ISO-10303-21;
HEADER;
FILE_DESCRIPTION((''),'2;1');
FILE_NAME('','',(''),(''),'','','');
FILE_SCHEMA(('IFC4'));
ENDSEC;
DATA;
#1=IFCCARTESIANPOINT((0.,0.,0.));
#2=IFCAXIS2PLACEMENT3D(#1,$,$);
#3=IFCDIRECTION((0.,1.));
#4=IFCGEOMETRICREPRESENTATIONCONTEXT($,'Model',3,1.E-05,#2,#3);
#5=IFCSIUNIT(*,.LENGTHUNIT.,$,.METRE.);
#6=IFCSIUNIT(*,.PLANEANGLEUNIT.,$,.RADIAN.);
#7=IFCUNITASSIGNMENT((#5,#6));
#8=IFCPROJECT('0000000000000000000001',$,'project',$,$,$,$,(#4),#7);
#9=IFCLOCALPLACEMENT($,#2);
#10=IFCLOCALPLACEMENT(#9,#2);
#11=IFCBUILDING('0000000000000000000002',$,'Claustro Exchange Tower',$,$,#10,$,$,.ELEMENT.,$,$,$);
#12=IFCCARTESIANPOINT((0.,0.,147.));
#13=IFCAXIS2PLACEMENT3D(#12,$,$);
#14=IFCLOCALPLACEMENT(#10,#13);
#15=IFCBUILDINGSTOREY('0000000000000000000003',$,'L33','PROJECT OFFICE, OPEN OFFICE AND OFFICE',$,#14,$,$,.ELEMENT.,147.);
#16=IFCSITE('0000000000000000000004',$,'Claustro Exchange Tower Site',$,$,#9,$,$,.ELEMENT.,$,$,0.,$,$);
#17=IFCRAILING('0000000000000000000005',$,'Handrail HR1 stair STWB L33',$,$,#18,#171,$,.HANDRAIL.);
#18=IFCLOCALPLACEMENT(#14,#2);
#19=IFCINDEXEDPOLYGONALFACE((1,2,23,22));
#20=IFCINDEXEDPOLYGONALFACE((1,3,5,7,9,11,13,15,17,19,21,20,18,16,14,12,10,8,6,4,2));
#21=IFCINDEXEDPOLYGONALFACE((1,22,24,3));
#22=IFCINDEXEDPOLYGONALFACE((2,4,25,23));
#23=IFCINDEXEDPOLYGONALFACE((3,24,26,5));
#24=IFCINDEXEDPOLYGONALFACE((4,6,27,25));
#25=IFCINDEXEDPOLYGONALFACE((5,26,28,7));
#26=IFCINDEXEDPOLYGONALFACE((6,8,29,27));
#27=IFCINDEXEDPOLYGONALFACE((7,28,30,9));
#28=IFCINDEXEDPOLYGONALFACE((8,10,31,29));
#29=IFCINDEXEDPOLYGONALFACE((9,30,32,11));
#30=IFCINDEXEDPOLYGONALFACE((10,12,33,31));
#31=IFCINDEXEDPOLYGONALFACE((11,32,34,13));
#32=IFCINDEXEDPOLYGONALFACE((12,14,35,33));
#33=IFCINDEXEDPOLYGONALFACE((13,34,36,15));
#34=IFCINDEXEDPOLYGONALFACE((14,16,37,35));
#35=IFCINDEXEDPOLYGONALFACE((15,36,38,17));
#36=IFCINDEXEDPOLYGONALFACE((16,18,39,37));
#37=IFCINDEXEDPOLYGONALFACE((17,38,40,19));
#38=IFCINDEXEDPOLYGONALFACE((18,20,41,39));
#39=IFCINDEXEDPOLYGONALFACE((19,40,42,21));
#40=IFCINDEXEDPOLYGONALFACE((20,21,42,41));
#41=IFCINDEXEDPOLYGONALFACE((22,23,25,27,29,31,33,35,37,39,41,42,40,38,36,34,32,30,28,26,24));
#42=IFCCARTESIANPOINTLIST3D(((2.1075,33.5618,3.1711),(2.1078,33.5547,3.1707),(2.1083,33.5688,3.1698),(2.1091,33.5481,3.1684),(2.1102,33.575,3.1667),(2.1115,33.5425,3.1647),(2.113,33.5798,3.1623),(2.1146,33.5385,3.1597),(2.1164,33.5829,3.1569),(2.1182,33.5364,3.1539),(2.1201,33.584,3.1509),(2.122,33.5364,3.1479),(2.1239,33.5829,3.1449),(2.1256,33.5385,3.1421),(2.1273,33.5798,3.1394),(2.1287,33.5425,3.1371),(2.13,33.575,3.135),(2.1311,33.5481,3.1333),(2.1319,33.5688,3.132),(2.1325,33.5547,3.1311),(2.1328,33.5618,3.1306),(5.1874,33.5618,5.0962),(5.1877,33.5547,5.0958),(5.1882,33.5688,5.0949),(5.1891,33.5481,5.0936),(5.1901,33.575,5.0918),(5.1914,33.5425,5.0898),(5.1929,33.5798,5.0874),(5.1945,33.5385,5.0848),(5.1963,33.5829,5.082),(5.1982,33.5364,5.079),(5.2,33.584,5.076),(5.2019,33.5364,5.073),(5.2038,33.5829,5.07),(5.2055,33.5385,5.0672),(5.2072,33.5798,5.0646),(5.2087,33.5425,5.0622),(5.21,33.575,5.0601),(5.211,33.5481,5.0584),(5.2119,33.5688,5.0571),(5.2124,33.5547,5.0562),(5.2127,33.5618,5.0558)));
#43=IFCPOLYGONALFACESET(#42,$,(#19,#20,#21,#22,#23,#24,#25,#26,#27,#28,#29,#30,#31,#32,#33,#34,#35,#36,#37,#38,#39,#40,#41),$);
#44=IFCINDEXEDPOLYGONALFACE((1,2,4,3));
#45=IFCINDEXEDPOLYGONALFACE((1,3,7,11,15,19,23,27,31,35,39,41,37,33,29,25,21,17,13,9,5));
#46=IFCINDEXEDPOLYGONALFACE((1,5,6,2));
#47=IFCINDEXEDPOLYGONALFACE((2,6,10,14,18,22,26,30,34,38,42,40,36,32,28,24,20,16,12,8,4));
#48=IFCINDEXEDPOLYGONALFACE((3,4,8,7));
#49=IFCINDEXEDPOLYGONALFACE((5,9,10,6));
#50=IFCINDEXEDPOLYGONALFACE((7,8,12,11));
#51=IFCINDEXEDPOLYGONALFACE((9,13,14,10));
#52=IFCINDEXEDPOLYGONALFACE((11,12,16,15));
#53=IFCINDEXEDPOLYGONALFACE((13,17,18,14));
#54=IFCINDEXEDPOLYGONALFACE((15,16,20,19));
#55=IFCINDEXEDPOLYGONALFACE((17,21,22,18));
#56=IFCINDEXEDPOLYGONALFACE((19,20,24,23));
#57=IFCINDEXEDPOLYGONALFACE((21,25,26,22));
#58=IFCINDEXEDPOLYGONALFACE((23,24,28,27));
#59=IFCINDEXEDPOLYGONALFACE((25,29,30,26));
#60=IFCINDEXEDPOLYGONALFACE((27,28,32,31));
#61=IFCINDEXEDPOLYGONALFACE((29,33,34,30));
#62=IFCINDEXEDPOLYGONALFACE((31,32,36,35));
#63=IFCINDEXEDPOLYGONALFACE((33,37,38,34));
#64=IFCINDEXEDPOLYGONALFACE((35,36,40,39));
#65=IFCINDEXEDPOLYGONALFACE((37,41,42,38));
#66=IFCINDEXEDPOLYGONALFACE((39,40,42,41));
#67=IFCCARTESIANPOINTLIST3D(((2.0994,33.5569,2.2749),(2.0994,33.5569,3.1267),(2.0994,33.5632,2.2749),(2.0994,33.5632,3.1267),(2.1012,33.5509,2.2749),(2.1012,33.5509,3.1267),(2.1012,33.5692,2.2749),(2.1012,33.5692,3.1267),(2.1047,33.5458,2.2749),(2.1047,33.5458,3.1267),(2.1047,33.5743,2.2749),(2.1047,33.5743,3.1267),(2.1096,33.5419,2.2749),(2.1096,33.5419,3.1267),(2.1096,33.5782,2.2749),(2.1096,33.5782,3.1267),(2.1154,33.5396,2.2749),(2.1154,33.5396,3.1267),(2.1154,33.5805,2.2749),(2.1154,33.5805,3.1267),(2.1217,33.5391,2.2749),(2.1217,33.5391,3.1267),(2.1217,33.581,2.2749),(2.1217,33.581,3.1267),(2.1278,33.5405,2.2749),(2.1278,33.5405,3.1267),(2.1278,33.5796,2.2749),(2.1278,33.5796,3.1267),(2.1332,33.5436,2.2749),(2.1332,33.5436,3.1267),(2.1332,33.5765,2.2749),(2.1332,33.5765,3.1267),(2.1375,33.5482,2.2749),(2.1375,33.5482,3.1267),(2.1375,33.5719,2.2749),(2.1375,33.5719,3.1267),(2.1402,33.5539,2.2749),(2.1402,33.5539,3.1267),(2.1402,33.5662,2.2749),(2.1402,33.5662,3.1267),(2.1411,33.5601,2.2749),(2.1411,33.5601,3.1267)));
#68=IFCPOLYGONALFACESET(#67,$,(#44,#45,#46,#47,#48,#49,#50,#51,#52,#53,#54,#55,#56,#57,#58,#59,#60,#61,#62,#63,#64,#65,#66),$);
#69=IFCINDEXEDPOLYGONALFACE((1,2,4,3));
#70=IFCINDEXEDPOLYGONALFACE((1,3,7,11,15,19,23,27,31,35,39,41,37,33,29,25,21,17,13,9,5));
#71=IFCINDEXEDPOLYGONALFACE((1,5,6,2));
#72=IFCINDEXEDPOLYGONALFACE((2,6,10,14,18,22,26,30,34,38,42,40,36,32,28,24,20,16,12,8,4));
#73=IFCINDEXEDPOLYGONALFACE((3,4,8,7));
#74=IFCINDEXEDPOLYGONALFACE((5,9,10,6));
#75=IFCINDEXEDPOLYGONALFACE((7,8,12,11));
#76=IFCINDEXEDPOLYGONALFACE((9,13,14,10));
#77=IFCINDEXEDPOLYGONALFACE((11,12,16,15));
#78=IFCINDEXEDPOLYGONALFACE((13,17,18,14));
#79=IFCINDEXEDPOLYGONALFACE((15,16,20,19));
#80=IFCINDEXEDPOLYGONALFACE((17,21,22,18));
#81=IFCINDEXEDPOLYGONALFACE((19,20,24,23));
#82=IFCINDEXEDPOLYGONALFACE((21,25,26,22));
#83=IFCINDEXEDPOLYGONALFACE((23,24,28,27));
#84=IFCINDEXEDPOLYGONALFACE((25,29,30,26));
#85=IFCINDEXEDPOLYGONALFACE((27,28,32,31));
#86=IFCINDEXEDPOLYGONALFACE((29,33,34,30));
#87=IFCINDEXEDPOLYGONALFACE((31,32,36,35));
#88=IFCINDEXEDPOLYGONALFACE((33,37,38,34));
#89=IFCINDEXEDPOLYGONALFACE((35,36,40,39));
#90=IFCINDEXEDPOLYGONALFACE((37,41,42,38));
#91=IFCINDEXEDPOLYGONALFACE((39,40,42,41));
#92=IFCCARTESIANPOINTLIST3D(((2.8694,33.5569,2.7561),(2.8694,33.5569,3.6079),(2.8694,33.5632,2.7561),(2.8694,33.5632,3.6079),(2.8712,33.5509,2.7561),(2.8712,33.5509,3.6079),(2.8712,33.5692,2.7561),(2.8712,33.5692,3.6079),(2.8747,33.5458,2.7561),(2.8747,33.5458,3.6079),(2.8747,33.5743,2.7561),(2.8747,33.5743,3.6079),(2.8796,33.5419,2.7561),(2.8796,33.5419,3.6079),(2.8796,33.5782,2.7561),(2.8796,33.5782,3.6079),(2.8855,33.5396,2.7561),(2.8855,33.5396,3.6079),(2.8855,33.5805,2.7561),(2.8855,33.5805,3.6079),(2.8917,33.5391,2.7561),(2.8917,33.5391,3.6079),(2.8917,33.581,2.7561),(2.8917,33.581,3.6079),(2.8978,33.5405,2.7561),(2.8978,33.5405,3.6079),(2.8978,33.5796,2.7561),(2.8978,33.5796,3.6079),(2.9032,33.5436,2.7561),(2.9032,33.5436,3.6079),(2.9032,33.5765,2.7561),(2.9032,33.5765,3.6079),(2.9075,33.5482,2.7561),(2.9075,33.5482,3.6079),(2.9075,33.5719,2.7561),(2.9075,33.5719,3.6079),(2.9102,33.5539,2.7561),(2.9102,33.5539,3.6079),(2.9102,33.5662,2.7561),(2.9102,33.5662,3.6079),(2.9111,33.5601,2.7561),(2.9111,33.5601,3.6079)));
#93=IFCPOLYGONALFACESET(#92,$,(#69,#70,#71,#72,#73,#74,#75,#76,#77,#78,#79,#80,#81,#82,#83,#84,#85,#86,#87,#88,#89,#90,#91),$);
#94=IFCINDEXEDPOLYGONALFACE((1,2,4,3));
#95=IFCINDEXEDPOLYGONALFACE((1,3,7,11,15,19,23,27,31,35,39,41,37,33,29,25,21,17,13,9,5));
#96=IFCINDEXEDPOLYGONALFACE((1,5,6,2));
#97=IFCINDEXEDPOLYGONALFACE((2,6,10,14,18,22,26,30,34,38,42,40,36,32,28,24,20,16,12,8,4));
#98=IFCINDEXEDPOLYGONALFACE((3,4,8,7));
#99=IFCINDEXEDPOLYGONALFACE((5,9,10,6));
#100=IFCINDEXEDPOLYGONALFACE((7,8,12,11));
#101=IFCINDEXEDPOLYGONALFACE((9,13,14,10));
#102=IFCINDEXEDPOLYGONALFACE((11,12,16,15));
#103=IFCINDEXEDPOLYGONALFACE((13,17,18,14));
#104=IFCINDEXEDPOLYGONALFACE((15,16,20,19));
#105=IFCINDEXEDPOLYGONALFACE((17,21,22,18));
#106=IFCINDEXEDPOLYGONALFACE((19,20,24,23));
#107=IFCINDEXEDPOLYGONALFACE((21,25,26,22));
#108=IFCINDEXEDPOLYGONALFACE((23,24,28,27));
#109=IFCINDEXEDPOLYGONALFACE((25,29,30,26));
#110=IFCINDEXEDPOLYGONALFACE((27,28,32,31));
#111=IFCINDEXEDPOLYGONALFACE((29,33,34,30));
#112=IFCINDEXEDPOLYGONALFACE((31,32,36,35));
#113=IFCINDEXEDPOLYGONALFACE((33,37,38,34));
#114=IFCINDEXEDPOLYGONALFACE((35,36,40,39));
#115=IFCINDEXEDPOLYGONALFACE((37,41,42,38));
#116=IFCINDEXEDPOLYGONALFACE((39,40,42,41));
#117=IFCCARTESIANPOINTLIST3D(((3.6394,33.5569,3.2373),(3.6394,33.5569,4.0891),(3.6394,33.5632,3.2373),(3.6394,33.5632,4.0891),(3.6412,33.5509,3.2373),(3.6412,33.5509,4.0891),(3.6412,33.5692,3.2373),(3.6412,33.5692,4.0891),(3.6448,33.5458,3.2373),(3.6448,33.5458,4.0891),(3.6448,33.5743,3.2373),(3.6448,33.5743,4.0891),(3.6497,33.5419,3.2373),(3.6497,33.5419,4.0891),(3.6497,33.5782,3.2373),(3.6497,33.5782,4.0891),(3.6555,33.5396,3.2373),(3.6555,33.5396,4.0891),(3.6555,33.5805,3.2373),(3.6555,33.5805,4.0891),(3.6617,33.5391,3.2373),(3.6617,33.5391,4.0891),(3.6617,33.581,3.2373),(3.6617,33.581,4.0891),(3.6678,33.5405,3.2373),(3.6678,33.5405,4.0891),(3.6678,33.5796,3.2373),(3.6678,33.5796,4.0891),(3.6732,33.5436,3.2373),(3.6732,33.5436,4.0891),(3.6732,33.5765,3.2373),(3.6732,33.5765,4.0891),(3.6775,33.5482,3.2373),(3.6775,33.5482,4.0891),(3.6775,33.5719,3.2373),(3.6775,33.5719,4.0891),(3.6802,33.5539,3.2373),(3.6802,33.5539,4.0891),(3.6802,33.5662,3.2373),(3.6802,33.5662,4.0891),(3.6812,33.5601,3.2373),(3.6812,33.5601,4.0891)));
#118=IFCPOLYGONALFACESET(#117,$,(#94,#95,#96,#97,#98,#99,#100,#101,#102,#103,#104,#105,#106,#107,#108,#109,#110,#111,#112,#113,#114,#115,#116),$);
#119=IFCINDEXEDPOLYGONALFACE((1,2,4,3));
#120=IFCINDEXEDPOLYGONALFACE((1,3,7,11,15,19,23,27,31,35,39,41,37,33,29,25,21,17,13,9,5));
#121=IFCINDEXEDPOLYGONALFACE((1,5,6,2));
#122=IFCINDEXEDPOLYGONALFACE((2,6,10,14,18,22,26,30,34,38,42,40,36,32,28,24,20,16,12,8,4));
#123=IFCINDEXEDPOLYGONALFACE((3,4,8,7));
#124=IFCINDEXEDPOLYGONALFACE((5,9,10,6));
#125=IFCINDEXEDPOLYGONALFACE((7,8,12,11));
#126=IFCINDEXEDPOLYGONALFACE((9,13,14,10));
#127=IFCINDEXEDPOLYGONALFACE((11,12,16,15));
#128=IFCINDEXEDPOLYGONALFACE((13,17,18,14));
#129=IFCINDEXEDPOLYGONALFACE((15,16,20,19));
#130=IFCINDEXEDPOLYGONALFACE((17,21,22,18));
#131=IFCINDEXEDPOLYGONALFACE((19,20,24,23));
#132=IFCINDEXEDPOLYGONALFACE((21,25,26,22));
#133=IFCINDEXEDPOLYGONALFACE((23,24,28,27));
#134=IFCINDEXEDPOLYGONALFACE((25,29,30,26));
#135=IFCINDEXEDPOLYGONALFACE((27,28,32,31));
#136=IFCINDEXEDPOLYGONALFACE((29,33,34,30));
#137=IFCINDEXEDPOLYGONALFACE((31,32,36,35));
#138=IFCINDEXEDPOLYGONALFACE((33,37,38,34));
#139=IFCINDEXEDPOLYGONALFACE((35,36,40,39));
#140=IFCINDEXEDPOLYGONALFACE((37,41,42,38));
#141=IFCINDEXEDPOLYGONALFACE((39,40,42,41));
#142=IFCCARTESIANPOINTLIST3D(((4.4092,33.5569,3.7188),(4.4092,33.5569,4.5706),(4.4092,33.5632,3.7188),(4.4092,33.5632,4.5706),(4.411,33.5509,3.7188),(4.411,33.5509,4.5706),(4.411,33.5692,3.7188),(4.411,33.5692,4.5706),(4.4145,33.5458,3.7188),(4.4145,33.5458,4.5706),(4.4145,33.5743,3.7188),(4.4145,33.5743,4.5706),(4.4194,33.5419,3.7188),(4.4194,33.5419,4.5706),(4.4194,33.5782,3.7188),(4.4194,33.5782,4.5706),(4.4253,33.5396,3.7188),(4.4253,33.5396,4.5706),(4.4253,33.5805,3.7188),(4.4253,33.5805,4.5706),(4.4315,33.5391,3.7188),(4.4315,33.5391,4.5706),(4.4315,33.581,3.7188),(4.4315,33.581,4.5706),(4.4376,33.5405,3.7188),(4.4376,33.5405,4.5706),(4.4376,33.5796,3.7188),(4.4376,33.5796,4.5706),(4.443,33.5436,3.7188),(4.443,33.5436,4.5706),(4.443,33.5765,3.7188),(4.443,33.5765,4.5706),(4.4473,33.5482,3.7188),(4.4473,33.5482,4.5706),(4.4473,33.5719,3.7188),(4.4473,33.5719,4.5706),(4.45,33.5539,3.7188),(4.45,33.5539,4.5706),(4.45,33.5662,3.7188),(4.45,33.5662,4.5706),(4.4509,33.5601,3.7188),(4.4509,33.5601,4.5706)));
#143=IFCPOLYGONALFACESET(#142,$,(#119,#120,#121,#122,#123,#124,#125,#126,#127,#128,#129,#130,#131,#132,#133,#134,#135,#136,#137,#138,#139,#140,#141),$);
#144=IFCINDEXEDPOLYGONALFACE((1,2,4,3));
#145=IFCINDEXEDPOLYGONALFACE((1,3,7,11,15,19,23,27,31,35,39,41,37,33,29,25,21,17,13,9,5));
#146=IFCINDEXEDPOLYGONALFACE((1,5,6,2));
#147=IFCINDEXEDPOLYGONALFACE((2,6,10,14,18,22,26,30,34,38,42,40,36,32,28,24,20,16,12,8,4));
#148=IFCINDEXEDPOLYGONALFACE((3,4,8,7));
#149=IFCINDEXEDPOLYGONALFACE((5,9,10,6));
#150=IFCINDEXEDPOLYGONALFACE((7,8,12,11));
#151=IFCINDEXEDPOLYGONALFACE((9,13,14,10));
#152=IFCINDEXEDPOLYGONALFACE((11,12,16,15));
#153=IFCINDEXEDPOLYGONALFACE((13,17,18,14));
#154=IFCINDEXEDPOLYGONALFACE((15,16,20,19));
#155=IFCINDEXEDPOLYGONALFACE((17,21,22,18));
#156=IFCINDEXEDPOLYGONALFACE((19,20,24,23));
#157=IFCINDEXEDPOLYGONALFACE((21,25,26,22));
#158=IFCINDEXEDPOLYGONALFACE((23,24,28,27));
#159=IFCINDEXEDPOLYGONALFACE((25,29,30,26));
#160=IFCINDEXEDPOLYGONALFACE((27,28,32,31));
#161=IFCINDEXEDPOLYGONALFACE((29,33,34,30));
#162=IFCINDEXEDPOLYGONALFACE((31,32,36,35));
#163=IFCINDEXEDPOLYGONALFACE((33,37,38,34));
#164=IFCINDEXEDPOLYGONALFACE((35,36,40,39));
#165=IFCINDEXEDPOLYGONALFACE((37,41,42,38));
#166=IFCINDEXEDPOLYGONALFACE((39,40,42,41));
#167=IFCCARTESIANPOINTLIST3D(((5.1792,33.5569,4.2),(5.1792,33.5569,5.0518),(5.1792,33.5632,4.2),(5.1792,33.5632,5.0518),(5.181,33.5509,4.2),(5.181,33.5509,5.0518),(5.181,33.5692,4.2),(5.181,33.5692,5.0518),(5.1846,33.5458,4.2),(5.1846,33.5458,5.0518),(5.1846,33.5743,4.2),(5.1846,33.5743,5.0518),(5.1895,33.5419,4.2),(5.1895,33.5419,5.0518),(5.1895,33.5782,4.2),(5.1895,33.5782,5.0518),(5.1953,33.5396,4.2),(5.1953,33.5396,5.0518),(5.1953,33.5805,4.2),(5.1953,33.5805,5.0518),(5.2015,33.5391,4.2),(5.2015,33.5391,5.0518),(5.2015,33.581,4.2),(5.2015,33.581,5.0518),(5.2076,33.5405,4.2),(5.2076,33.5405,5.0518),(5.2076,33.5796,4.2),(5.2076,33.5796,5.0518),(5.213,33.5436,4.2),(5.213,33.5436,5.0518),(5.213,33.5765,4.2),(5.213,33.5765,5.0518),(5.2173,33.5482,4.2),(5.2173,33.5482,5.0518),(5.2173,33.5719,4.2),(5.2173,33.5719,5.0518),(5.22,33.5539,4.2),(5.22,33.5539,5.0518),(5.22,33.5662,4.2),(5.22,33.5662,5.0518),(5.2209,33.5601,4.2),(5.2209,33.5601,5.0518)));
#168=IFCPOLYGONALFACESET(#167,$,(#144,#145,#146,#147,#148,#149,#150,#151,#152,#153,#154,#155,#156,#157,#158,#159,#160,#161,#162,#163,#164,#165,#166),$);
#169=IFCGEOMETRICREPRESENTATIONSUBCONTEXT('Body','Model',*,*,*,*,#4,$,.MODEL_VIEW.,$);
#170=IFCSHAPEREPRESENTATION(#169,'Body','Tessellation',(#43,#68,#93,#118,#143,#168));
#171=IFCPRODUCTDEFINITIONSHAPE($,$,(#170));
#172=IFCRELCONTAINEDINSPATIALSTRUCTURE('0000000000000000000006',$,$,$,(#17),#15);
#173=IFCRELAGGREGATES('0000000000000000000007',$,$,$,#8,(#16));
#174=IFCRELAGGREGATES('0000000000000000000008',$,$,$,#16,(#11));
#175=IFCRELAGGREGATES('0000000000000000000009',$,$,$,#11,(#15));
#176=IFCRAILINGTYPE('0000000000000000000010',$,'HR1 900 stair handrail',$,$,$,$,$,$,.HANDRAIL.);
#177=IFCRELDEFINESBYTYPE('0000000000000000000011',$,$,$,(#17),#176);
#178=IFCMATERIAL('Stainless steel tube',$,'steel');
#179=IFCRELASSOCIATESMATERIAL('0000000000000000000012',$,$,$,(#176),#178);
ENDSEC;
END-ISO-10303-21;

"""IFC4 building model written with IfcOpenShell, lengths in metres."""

from ifc_helpers import new_model, si_unit, direction, frame, origin, origin_2d, place, context, subcontext, project, spatial, circle, extrude, material, type_object, element, save


model = new_model("IFC4")

# Units and contexts
model_context = context("Model", 3, precision=1e-05, world=origin(), true_north=direction((0.0, 1.0)))
body_context = subcontext(model_context, "Body", "Model", "MODEL_VIEW")
ifc_project = project(units=[si_unit("LENGTHUNIT", "METRE"), si_unit("PLANEANGLEUNIT", "RADIAN")], contexts=[model_context])

# Site, building, storey
site_placement = place(None, origin())
site = spatial("IfcSite", under=ifc_project, at=site_placement, Name="Claustro Exchange Tower Site", CompositionType="ELEMENT", RefElevation=0.0)
building_placement = place(site_placement, origin())
building = spatial("IfcBuilding", under=site, at=building_placement, Name="Claustro Exchange Tower", CompositionType="ELEMENT")
storey_placement = place(building_placement, frame((0.0, 0.0, 147.0)))
storey = spatial("IfcBuildingStorey", under=building, at=storey_placement, Name="L33", Description="PROJECT OFFICE, OPEN OFFICE AND OFFICE", CompositionType="ELEMENT", Elevation=147.0)

# Railing
ifc_material_1 = material(Name="Stainless steel tube", Category="steel")
railing_type_1 = type_object("IfcRailingType", Name="HR1 900 stair handrail", PredefinedType="HANDRAIL", material=ifc_material_1)
railing_1_placement = place(storey_placement, frame((2.1201, 33.5601, 2.2749)))
element("IfcRailing", 1, at=railing_1_placement, inside=storey, type_object=railing_type_1, Name="Handrail HR1 stair STWB L33", PredefinedType="HANDRAIL", context=body_context, shape_type="SweptSolid", body=[
    extrude(circle(Radius=0.0239, at=origin_2d()), frame((0.0, 0.0, 0.876), z_axis=(0.847979, 0.0, 0.530029), x_axis=(0.0, 1.0, 0.0)), (0.0, 0.0, 1.0), 3.6321),
    extrude(circle(Radius=0.021, at=origin_2d()), origin(), (0.0, 0.0, 1.0), 0.8518),
    extrude(circle(Radius=0.021, at=origin_2d()), frame((0.77, 0.0, 0.4812)), (0.0, 0.0, 1.0), 0.8518),
    extrude(circle(Radius=0.021, at=origin_2d()), frame((1.54, 0.0, 0.9624)), (0.0, 0.0, 1.0), 0.8518),
    extrude(circle(Radius=0.021, at=origin_2d()), frame((2.3098, 0.0, 1.4438)), (0.0, 0.0, 1.0), 0.8518),
    extrude(circle(Radius=0.021, at=origin_2d()), frame((3.0798, 0.0, 1.925)), (0.0, 0.0, 1.0), 0.8518),
])

save(model, "model.ifc")
